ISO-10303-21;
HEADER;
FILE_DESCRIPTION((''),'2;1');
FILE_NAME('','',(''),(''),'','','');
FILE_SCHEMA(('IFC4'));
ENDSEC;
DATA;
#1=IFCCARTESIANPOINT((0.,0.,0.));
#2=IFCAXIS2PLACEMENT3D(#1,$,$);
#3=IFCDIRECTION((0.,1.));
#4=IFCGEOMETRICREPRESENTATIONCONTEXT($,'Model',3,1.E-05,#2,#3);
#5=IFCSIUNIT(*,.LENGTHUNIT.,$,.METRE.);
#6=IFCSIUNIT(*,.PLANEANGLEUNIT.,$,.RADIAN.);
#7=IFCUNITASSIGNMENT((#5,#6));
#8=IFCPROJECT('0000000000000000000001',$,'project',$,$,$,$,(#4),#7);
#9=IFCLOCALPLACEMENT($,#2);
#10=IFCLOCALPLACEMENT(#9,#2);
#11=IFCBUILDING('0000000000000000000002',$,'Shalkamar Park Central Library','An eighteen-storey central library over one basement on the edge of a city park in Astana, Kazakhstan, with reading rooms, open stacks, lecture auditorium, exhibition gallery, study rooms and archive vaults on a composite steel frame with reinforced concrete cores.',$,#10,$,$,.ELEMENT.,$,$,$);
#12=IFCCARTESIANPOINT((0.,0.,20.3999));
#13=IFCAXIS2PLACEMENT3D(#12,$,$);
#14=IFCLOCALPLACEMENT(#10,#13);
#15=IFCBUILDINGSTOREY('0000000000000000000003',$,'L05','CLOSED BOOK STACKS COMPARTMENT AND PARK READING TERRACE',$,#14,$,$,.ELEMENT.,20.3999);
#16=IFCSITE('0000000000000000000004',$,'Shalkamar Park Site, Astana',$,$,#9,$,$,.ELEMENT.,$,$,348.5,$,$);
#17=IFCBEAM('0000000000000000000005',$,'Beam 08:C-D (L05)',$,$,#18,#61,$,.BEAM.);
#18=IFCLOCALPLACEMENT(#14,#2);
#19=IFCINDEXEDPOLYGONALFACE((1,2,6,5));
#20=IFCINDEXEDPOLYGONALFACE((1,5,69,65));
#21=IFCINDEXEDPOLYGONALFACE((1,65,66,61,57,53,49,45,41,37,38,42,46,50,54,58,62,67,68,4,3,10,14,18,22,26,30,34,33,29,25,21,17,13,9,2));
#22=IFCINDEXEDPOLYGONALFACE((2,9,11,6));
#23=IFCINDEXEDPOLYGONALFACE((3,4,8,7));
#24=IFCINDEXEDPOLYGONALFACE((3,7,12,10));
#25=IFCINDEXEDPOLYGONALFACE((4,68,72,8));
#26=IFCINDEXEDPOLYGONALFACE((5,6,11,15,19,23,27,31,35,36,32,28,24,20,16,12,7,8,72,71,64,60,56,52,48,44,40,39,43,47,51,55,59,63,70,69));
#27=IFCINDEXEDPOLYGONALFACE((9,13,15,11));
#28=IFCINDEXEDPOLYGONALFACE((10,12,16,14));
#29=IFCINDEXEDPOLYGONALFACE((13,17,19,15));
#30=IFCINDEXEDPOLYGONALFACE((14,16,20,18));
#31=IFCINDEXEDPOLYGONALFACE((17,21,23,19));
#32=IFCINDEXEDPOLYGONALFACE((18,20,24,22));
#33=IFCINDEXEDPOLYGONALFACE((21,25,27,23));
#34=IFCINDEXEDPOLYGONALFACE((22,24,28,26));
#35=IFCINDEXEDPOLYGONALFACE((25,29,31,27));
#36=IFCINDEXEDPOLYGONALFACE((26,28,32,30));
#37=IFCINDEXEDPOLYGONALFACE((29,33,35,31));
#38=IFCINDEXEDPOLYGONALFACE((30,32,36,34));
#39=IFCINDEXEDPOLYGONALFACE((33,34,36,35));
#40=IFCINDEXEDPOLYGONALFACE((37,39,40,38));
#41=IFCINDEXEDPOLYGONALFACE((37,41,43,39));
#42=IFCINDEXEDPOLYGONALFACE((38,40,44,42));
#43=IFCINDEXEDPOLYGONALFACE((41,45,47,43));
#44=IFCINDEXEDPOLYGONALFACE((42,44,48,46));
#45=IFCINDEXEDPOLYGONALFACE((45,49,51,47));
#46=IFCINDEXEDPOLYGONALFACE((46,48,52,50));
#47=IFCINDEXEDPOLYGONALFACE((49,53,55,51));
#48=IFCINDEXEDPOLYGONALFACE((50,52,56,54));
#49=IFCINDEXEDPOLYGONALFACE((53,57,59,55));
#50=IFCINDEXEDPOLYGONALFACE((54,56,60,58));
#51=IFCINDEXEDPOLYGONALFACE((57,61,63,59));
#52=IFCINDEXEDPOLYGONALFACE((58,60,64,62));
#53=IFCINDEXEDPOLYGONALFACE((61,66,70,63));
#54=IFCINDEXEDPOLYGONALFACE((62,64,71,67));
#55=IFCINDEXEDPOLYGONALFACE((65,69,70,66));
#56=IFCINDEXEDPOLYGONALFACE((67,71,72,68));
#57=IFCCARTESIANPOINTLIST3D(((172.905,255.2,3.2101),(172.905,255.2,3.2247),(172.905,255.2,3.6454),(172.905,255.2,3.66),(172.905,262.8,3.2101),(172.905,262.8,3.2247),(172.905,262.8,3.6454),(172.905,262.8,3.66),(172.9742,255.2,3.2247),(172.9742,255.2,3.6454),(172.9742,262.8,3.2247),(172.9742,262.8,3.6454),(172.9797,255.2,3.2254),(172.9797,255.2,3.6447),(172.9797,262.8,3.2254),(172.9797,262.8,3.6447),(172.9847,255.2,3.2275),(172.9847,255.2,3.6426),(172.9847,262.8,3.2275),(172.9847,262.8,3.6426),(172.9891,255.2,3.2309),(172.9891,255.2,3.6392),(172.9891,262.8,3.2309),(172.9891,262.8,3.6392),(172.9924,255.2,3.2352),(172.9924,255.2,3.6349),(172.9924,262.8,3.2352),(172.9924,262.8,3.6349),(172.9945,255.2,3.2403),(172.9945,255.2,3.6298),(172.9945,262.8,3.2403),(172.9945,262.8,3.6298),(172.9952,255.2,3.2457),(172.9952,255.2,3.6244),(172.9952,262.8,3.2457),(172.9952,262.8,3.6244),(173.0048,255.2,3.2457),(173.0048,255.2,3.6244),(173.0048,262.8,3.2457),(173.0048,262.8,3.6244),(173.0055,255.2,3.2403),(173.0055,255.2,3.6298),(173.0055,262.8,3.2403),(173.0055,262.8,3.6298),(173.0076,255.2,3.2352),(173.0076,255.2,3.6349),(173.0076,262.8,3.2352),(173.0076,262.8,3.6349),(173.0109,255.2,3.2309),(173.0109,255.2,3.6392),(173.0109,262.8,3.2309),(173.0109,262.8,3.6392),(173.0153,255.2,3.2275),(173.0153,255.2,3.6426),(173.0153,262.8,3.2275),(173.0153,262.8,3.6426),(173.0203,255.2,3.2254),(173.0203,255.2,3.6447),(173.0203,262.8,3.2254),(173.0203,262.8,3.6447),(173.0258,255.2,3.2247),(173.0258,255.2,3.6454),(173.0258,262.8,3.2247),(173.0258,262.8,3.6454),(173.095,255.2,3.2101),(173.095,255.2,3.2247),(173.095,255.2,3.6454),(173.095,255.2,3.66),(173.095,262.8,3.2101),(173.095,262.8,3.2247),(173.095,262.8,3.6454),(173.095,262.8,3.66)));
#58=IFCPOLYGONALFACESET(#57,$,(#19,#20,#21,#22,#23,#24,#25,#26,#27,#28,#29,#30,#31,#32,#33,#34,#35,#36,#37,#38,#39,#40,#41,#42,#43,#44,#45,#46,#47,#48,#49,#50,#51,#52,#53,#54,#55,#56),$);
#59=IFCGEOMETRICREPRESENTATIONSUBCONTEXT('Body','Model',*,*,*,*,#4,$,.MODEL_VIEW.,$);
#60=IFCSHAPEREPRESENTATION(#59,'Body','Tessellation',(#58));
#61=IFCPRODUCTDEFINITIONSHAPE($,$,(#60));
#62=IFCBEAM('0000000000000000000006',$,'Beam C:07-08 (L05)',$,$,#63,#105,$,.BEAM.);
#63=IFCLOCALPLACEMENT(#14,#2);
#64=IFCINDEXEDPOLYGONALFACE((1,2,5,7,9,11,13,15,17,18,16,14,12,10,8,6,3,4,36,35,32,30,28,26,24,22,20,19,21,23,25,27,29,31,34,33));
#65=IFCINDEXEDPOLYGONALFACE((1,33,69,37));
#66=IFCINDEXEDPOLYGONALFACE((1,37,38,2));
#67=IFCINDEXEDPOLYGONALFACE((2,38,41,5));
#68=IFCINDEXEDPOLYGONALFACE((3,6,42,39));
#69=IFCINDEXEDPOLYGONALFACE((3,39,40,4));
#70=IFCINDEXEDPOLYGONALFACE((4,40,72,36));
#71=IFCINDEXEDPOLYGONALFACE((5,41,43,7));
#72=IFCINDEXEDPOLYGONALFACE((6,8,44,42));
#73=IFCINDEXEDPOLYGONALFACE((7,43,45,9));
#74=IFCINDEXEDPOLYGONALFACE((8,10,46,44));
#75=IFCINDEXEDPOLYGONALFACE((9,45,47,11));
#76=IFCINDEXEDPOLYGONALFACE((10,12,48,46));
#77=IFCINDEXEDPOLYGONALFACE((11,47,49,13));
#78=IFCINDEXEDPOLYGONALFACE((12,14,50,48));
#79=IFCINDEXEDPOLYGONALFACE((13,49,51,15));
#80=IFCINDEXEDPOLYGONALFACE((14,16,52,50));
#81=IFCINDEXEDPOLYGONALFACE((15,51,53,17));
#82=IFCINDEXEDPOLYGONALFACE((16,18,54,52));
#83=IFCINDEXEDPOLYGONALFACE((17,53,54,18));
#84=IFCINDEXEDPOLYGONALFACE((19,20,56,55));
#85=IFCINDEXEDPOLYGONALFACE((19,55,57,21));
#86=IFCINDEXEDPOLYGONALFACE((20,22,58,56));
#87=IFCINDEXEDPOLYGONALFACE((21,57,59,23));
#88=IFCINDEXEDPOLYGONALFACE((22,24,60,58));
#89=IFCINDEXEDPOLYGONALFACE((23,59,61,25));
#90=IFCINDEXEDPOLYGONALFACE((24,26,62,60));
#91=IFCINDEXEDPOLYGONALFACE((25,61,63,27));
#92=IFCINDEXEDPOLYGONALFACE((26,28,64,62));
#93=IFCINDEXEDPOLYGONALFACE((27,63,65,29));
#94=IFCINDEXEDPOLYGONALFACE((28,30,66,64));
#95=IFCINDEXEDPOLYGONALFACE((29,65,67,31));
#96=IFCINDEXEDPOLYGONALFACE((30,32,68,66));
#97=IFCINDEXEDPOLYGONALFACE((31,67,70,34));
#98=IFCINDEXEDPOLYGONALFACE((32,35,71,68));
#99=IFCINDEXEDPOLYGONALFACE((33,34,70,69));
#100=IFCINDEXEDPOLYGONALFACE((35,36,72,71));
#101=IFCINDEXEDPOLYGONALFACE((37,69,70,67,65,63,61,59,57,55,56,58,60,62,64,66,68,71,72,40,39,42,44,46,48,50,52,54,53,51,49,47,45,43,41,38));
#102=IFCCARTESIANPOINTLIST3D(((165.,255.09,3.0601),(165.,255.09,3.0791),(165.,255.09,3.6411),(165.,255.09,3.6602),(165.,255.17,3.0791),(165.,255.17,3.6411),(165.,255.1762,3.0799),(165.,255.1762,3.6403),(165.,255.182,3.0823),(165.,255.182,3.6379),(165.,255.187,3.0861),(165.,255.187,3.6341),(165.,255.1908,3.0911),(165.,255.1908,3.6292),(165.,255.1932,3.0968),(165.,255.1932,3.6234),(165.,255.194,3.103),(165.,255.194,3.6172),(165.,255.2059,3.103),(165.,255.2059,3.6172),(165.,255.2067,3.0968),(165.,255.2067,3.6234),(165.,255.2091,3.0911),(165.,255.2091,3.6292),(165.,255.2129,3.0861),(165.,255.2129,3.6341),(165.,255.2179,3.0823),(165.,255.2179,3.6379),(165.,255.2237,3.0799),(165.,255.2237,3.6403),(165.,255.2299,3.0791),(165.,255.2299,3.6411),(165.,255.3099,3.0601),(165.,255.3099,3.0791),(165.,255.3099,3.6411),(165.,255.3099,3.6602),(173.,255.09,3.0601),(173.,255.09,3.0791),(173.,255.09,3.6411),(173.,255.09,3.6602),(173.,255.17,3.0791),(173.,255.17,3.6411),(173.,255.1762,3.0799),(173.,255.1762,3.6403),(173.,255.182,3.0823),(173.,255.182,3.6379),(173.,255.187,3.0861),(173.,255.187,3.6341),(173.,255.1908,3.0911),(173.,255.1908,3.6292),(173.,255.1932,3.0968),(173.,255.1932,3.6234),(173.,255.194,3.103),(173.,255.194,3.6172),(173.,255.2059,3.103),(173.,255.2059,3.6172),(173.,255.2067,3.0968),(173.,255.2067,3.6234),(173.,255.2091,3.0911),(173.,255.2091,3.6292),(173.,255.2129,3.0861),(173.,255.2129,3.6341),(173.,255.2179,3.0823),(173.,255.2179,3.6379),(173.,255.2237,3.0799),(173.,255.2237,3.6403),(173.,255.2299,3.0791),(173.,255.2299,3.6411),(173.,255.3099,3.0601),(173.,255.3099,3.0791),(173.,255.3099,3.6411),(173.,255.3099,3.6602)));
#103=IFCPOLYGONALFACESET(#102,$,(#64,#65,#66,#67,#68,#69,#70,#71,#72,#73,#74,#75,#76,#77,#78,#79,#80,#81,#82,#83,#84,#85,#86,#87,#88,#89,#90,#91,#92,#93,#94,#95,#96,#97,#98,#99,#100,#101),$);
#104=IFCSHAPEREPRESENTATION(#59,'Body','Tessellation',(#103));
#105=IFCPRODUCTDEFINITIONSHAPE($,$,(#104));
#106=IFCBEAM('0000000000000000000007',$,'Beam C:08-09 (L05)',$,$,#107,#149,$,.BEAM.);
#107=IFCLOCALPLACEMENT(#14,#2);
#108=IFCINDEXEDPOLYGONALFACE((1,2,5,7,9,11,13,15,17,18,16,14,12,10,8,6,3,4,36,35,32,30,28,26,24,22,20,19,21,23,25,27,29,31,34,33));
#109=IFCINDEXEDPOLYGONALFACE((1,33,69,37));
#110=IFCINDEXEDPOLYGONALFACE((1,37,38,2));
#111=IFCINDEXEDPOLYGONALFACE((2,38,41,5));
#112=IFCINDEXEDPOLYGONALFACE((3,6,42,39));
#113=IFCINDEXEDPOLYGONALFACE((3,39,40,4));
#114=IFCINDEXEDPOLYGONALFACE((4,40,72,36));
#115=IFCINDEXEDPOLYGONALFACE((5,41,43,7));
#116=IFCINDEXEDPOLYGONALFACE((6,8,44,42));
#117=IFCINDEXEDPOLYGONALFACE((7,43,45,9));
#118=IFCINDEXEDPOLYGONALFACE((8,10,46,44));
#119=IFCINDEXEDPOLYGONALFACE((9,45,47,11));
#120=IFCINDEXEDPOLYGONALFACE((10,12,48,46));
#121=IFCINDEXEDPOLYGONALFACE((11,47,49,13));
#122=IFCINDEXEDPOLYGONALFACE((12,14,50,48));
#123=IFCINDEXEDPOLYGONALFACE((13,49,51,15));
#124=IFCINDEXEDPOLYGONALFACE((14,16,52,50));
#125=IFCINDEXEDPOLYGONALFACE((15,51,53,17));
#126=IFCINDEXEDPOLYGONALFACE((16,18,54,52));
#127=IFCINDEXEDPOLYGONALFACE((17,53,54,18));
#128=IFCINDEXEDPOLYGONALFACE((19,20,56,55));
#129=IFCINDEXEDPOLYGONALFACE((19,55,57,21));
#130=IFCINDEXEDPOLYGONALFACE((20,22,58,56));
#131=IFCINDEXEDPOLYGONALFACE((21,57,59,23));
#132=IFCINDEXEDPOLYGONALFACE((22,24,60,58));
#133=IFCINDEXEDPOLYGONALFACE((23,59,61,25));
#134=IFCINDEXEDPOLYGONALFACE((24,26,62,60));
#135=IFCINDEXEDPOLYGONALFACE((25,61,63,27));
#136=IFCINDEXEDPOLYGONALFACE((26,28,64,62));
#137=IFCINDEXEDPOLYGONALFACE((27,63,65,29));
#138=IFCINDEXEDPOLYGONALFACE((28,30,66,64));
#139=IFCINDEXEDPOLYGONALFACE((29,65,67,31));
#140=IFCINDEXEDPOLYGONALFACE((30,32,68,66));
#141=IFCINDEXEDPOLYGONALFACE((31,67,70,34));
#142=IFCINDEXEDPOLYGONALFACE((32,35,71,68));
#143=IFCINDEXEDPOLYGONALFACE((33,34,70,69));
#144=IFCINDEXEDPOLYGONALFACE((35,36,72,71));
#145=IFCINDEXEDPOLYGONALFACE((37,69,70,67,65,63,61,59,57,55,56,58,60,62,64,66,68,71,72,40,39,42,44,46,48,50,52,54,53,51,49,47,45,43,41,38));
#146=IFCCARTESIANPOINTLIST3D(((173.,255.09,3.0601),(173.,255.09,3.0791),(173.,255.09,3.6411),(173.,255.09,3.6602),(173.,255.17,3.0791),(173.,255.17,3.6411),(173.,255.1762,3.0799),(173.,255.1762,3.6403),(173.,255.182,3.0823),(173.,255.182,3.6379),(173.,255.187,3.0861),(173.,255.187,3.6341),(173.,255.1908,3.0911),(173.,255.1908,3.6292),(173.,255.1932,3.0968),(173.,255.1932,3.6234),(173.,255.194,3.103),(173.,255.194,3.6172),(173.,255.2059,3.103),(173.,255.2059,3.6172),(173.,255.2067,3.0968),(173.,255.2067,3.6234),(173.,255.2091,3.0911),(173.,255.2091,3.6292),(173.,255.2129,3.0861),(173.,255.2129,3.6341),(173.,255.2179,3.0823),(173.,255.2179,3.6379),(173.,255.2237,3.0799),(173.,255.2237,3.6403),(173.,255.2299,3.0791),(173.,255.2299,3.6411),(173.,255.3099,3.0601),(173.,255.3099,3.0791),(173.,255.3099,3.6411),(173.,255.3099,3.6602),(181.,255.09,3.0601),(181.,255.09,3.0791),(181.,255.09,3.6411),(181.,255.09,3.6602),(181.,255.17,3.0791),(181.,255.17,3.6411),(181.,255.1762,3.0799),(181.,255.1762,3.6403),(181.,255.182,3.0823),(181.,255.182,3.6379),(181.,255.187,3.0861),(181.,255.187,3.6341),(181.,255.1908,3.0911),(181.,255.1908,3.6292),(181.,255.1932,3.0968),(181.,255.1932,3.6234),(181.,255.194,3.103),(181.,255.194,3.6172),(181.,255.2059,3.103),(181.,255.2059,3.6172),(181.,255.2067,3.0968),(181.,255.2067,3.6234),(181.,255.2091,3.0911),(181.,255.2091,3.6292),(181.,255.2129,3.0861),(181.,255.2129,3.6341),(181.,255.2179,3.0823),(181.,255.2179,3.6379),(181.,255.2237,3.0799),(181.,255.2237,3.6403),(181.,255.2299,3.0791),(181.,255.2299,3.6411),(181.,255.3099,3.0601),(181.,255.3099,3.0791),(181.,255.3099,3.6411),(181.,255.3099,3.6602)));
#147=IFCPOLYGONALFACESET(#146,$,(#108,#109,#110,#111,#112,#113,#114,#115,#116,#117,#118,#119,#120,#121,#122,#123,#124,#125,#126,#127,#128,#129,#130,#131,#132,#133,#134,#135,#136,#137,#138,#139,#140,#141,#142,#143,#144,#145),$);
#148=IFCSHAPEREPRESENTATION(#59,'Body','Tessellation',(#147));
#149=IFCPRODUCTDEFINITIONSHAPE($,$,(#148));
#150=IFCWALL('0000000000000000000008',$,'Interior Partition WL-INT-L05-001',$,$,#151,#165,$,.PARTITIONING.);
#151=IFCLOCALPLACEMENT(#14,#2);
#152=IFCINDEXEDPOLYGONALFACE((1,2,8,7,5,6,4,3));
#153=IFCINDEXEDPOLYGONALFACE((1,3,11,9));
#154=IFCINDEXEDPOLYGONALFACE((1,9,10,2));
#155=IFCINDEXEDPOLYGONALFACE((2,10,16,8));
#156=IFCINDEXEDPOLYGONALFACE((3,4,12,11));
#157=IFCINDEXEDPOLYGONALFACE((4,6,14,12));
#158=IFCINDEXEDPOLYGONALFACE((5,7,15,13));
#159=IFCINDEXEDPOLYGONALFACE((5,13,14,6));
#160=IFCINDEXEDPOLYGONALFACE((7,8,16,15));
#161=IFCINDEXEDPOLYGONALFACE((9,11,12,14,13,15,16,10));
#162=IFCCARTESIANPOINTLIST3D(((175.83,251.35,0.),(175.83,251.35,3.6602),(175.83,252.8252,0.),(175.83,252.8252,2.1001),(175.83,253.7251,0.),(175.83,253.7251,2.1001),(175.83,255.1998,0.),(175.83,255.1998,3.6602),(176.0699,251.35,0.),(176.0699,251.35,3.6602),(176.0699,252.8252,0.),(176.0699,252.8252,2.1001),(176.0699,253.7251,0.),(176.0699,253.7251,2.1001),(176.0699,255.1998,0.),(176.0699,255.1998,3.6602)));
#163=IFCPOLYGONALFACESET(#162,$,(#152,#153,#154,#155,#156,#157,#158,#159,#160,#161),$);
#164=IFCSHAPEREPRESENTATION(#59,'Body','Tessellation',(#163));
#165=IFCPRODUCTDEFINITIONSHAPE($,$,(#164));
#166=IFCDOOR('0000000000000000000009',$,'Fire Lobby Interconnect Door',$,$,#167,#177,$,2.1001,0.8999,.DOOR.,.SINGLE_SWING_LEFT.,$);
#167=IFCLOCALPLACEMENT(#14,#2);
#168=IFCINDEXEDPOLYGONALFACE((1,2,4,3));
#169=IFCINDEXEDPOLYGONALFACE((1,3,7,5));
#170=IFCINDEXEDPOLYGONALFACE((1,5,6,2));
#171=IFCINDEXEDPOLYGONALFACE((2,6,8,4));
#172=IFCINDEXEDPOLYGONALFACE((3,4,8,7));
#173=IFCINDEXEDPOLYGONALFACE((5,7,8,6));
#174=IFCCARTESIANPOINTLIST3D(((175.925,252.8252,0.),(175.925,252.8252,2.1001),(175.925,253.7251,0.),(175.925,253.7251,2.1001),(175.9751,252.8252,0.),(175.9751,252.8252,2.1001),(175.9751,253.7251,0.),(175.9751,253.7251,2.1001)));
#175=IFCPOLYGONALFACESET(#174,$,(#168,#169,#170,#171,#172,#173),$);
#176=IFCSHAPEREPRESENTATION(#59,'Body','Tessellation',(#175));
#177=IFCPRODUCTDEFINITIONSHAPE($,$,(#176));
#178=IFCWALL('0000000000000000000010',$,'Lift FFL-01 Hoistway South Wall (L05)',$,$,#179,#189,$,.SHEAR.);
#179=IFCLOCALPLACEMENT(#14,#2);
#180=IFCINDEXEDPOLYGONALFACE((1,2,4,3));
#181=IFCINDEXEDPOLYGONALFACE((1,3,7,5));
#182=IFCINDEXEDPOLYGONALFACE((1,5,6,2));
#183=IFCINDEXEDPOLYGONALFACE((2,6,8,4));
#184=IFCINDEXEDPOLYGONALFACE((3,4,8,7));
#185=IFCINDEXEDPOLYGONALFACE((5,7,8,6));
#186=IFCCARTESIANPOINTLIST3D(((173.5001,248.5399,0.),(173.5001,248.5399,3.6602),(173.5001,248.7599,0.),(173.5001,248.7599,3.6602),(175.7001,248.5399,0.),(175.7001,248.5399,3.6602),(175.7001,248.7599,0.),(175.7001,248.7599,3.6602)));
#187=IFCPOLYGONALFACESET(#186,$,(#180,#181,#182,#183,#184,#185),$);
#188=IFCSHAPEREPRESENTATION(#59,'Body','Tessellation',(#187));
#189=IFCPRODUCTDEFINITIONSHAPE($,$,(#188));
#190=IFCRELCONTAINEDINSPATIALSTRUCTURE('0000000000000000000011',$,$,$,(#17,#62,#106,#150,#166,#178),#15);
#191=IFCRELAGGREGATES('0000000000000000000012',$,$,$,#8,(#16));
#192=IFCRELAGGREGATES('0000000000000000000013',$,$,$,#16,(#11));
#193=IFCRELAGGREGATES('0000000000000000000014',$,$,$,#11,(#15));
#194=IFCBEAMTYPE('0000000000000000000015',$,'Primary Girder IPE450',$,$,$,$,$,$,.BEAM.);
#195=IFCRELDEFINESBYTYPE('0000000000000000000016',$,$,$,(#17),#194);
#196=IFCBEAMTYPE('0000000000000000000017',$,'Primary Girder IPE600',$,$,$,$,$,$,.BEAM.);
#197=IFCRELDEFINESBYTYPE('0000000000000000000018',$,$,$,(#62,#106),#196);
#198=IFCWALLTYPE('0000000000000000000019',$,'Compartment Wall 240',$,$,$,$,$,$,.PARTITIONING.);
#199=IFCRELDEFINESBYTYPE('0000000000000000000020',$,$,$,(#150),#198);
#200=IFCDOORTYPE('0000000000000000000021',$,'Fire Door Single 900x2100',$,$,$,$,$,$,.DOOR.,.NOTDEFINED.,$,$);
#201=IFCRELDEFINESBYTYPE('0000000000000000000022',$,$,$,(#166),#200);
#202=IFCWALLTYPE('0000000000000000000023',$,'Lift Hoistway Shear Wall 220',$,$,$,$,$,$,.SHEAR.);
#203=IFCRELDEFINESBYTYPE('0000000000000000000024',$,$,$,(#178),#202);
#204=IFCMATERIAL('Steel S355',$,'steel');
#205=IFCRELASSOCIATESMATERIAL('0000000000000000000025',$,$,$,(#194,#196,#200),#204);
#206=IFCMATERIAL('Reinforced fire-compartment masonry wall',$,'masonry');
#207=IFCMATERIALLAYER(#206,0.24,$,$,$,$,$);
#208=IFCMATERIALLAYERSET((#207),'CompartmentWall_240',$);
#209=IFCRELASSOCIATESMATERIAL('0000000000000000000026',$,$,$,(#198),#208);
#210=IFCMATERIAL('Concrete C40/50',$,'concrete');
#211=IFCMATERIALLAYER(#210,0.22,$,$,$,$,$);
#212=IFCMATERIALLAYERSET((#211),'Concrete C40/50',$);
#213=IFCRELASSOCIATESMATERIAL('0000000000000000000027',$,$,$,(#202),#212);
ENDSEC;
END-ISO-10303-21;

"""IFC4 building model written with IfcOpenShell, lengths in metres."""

from ifc_helpers import new_model, si_unit, direction, frame, frame_2d, origin, origin_2d, place, context, subcontext, project, spatial, rectangle, i_section, extrude, material, layer, layer_set, material_profile, profile_set, type_object, element, fill, save


model = new_model("IFC4")

# Units and contexts
model_context = context("Model", 3, precision=1e-05, world=origin(), true_north=direction((0.0, 1.0)))
body_context = subcontext(model_context, "Body", "Model", "MODEL_VIEW")
ifc_project = project(units=[si_unit("LENGTHUNIT", "METRE"), si_unit("PLANEANGLEUNIT", "RADIAN")], contexts=[model_context])

# Site, building, storey
site_placement = place(None, origin())
site = spatial("IfcSite", under=ifc_project, at=site_placement, Name="Shalkamar Park Site, Astana", CompositionType="ELEMENT", RefElevation=348.5)
building_placement = place(site_placement, origin())
building = spatial("IfcBuilding", under=site, at=building_placement, Name="Shalkamar Park Central Library", Description="An eighteen-storey central library over one basement on the edge of a city park in Astana, Kazakhstan, with reading rooms, open stacks, lecture auditorium, exhibition gallery, study rooms and archive vaults on a composite steel frame with reinforced concrete cores.", CompositionType="ELEMENT")
storey_placement = place(building_placement, frame((0.0, 0.0, 20.3999)))
storey = spatial("IfcBuildingStorey", under=building, at=storey_placement, Name="L05", Description="CLOSED BOOK STACKS COMPARTMENT AND PARK READING TERRACE", CompositionType="ELEMENT", Elevation=20.3999)

# Shared definitions
ifc_material_1 = material(Name="Steel S355", Category="steel")

# Beams
ifc_material_profile_1 = material_profile(ifc_material_1, i_section(OverallWidth=0.1899, OverallDepth=0.45, WebThickness=0.0095, FlangeThickness=0.0146, FilletRadius=0.021, at=origin_2d()), Name="IPE 450")
ifc_profile_set_1 = profile_set([ifc_material_profile_1], Name="Steel S355")
beam_type_1 = type_object("IfcBeamType", Name="Primary Girder IPE450", PredefinedType="BEAM", material=ifc_profile_set_1)
beam_1_placement = place(storey_placement, frame((173.0, 255.2, 3.4351), z_axis=(0.0, 1.0, 0.0), x_axis=(-1.0, 0.0, 0.0)))
element("IfcBeam", 1, at=beam_1_placement, inside=storey, type_object=beam_type_1, Name="Beam 08:C-D (L05)", PredefinedType="BEAM", context=body_context, shape_type="SweptSolid", body=[
    extrude(i_section(OverallWidth=0.1899, OverallDepth=0.45, WebThickness=0.0095, FlangeThickness=0.0146, FilletRadius=0.021, at=origin_2d()), origin(), (0.0, 0.0, 1.0), 7.6001),
])
ifc_material_profile_2 = material_profile(ifc_material_1, i_section(OverallWidth=0.22, OverallDepth=0.6001, WebThickness=0.012, FlangeThickness=0.019, FilletRadius=0.0239, at=origin_2d()), Name="IPE 600")
ifc_profile_set_2 = profile_set([ifc_material_profile_2], Name="Steel S355")
beam_type_2 = type_object("IfcBeamType", Name="Primary Girder IPE600", PredefinedType="BEAM", material=ifc_profile_set_2)
for number, where, z_axis, x_axis, name in (
    (2, (165.0, 255.2, 3.3601), (1.0, 0.0, 0.0), (0.0, 1.0, 0.0), "Beam C:07-08 (L05)"),
    (3, (173.0, 255.2, 3.3601), (1.0, 0.0, 0.0), (0.0, 1.0, 0.0), "Beam C:08-09 (L05)"),
):
    element("IfcBeam", number, at=place(storey_placement, frame(where, z_axis=z_axis, x_axis=x_axis)), inside=storey, type_object=beam_type_2, Name=name, PredefinedType="BEAM", context=body_context, shape_type="SweptSolid", body=[
        extrude(i_section(OverallWidth=0.22, OverallDepth=0.6001, WebThickness=0.012, FlangeThickness=0.019, FilletRadius=0.0239, at=origin_2d()), origin(), (0.0, 0.0, 1.0), 8.0),
    ])

# Wall, opening, door
ifc_material_2 = material(Name="Reinforced fire-compartment masonry wall", Category="masonry")
ifc_layer_1 = layer(ifc_material_2, 0.24)
ifc_layer_set_1 = layer_set([ifc_layer_1], Name="CompartmentWall_240")
wall_type_1 = type_object("IfcWallType", Name="Compartment Wall 240", PredefinedType="PARTITIONING", material=ifc_layer_set_1)
wall_1_placement = place(storey_placement, frame((175.95, 251.3501, 0.0), z_axis=(0.0, 0.0, 1.0), x_axis=(0.0, 1.0, 0.0)))
wall_1 = element("IfcWall", 4, at=wall_1_placement, inside=storey, type_object=wall_type_1, Name="Interior Partition WL-INT-L05-001", PredefinedType="PARTITIONING", context=body_context, shape_type="SweptSolid", body=[
    extrude(rectangle(XDim=3.8499, YDim=0.24, at=frame_2d((1.9248, 0.0))), origin(), (0.0, 0.0, 1.0), 3.6602),
])
opening_1_placement = place(wall_1_placement, frame((1.4751, 0.0, 0.0)))
opening_1 = element("IfcOpeningElement", 5, at=opening_1_placement, cuts=wall_1, PredefinedType="OPENING", context=body_context, shape_type="SweptSolid", body=[
    extrude(rectangle(XDim=0.8999, YDim=2.1001, at=frame_2d((0.45, 1.05))), frame((0.0, 0.1348, 0.0), z_axis=(0.0, -1.0, 0.0), x_axis=(1.0, 0.0, 0.0)), (0.0, 0.0, 1.0), 0.2698),
])
door_type_1 = type_object("IfcDoorType", Name="Fire Door Single 900x2100", OperationType="NOTDEFINED", PredefinedType="DOOR", material=ifc_material_1)
door_1_placement = place(opening_1_placement, origin())
door_1 = element("IfcDoor", 6, at=door_1_placement, inside=storey, type_object=door_type_1, Name="Fire Lobby Interconnect Door", OperationType="SINGLE_SWING_LEFT", OverallHeight=2.1001, OverallWidth=0.8999, PredefinedType="DOOR", context=body_context, shape_type="SweptSolid", body=[
    extrude(rectangle(XDim=0.8999, YDim=2.1001, at=frame_2d((0.45, 1.05))), frame((0.0, 0.0249, 0.0), z_axis=(0.0, -1.0, 0.0), x_axis=(1.0, 0.0, 0.0)), (0.0, 0.0, 1.0), 0.05),
])
fill(opening_1, door_1)

# Wall
ifc_material_3 = material(Name="Concrete C40/50", Category="concrete")
ifc_layer_2 = layer(ifc_material_3, 0.22)
ifc_layer_set_2 = layer_set([ifc_layer_2], Name="Concrete C40/50")
wall_type_2 = type_object("IfcWallType", Name="Lift Hoistway Shear Wall 220", PredefinedType="SHEAR", material=ifc_layer_set_2)
wall_2_placement = place(storey_placement, frame((173.5, 248.6499, 0.0), z_axis=(0.0, 0.0, 1.0), x_axis=(1.0, 0.0, 0.0)))
element("IfcWall", 7, at=wall_2_placement, inside=storey, type_object=wall_type_2, Name="Lift FFL-01 Hoistway South Wall (L05)", PredefinedType="SHEAR", context=body_context, shape_type="SweptSolid", body=[
    extrude(rectangle(XDim=2.2, YDim=0.22, at=frame_2d((1.1001, 0.0))), origin(), (0.0, 0.0, 1.0), 3.6602),
])

save(model, "model.ifc")
